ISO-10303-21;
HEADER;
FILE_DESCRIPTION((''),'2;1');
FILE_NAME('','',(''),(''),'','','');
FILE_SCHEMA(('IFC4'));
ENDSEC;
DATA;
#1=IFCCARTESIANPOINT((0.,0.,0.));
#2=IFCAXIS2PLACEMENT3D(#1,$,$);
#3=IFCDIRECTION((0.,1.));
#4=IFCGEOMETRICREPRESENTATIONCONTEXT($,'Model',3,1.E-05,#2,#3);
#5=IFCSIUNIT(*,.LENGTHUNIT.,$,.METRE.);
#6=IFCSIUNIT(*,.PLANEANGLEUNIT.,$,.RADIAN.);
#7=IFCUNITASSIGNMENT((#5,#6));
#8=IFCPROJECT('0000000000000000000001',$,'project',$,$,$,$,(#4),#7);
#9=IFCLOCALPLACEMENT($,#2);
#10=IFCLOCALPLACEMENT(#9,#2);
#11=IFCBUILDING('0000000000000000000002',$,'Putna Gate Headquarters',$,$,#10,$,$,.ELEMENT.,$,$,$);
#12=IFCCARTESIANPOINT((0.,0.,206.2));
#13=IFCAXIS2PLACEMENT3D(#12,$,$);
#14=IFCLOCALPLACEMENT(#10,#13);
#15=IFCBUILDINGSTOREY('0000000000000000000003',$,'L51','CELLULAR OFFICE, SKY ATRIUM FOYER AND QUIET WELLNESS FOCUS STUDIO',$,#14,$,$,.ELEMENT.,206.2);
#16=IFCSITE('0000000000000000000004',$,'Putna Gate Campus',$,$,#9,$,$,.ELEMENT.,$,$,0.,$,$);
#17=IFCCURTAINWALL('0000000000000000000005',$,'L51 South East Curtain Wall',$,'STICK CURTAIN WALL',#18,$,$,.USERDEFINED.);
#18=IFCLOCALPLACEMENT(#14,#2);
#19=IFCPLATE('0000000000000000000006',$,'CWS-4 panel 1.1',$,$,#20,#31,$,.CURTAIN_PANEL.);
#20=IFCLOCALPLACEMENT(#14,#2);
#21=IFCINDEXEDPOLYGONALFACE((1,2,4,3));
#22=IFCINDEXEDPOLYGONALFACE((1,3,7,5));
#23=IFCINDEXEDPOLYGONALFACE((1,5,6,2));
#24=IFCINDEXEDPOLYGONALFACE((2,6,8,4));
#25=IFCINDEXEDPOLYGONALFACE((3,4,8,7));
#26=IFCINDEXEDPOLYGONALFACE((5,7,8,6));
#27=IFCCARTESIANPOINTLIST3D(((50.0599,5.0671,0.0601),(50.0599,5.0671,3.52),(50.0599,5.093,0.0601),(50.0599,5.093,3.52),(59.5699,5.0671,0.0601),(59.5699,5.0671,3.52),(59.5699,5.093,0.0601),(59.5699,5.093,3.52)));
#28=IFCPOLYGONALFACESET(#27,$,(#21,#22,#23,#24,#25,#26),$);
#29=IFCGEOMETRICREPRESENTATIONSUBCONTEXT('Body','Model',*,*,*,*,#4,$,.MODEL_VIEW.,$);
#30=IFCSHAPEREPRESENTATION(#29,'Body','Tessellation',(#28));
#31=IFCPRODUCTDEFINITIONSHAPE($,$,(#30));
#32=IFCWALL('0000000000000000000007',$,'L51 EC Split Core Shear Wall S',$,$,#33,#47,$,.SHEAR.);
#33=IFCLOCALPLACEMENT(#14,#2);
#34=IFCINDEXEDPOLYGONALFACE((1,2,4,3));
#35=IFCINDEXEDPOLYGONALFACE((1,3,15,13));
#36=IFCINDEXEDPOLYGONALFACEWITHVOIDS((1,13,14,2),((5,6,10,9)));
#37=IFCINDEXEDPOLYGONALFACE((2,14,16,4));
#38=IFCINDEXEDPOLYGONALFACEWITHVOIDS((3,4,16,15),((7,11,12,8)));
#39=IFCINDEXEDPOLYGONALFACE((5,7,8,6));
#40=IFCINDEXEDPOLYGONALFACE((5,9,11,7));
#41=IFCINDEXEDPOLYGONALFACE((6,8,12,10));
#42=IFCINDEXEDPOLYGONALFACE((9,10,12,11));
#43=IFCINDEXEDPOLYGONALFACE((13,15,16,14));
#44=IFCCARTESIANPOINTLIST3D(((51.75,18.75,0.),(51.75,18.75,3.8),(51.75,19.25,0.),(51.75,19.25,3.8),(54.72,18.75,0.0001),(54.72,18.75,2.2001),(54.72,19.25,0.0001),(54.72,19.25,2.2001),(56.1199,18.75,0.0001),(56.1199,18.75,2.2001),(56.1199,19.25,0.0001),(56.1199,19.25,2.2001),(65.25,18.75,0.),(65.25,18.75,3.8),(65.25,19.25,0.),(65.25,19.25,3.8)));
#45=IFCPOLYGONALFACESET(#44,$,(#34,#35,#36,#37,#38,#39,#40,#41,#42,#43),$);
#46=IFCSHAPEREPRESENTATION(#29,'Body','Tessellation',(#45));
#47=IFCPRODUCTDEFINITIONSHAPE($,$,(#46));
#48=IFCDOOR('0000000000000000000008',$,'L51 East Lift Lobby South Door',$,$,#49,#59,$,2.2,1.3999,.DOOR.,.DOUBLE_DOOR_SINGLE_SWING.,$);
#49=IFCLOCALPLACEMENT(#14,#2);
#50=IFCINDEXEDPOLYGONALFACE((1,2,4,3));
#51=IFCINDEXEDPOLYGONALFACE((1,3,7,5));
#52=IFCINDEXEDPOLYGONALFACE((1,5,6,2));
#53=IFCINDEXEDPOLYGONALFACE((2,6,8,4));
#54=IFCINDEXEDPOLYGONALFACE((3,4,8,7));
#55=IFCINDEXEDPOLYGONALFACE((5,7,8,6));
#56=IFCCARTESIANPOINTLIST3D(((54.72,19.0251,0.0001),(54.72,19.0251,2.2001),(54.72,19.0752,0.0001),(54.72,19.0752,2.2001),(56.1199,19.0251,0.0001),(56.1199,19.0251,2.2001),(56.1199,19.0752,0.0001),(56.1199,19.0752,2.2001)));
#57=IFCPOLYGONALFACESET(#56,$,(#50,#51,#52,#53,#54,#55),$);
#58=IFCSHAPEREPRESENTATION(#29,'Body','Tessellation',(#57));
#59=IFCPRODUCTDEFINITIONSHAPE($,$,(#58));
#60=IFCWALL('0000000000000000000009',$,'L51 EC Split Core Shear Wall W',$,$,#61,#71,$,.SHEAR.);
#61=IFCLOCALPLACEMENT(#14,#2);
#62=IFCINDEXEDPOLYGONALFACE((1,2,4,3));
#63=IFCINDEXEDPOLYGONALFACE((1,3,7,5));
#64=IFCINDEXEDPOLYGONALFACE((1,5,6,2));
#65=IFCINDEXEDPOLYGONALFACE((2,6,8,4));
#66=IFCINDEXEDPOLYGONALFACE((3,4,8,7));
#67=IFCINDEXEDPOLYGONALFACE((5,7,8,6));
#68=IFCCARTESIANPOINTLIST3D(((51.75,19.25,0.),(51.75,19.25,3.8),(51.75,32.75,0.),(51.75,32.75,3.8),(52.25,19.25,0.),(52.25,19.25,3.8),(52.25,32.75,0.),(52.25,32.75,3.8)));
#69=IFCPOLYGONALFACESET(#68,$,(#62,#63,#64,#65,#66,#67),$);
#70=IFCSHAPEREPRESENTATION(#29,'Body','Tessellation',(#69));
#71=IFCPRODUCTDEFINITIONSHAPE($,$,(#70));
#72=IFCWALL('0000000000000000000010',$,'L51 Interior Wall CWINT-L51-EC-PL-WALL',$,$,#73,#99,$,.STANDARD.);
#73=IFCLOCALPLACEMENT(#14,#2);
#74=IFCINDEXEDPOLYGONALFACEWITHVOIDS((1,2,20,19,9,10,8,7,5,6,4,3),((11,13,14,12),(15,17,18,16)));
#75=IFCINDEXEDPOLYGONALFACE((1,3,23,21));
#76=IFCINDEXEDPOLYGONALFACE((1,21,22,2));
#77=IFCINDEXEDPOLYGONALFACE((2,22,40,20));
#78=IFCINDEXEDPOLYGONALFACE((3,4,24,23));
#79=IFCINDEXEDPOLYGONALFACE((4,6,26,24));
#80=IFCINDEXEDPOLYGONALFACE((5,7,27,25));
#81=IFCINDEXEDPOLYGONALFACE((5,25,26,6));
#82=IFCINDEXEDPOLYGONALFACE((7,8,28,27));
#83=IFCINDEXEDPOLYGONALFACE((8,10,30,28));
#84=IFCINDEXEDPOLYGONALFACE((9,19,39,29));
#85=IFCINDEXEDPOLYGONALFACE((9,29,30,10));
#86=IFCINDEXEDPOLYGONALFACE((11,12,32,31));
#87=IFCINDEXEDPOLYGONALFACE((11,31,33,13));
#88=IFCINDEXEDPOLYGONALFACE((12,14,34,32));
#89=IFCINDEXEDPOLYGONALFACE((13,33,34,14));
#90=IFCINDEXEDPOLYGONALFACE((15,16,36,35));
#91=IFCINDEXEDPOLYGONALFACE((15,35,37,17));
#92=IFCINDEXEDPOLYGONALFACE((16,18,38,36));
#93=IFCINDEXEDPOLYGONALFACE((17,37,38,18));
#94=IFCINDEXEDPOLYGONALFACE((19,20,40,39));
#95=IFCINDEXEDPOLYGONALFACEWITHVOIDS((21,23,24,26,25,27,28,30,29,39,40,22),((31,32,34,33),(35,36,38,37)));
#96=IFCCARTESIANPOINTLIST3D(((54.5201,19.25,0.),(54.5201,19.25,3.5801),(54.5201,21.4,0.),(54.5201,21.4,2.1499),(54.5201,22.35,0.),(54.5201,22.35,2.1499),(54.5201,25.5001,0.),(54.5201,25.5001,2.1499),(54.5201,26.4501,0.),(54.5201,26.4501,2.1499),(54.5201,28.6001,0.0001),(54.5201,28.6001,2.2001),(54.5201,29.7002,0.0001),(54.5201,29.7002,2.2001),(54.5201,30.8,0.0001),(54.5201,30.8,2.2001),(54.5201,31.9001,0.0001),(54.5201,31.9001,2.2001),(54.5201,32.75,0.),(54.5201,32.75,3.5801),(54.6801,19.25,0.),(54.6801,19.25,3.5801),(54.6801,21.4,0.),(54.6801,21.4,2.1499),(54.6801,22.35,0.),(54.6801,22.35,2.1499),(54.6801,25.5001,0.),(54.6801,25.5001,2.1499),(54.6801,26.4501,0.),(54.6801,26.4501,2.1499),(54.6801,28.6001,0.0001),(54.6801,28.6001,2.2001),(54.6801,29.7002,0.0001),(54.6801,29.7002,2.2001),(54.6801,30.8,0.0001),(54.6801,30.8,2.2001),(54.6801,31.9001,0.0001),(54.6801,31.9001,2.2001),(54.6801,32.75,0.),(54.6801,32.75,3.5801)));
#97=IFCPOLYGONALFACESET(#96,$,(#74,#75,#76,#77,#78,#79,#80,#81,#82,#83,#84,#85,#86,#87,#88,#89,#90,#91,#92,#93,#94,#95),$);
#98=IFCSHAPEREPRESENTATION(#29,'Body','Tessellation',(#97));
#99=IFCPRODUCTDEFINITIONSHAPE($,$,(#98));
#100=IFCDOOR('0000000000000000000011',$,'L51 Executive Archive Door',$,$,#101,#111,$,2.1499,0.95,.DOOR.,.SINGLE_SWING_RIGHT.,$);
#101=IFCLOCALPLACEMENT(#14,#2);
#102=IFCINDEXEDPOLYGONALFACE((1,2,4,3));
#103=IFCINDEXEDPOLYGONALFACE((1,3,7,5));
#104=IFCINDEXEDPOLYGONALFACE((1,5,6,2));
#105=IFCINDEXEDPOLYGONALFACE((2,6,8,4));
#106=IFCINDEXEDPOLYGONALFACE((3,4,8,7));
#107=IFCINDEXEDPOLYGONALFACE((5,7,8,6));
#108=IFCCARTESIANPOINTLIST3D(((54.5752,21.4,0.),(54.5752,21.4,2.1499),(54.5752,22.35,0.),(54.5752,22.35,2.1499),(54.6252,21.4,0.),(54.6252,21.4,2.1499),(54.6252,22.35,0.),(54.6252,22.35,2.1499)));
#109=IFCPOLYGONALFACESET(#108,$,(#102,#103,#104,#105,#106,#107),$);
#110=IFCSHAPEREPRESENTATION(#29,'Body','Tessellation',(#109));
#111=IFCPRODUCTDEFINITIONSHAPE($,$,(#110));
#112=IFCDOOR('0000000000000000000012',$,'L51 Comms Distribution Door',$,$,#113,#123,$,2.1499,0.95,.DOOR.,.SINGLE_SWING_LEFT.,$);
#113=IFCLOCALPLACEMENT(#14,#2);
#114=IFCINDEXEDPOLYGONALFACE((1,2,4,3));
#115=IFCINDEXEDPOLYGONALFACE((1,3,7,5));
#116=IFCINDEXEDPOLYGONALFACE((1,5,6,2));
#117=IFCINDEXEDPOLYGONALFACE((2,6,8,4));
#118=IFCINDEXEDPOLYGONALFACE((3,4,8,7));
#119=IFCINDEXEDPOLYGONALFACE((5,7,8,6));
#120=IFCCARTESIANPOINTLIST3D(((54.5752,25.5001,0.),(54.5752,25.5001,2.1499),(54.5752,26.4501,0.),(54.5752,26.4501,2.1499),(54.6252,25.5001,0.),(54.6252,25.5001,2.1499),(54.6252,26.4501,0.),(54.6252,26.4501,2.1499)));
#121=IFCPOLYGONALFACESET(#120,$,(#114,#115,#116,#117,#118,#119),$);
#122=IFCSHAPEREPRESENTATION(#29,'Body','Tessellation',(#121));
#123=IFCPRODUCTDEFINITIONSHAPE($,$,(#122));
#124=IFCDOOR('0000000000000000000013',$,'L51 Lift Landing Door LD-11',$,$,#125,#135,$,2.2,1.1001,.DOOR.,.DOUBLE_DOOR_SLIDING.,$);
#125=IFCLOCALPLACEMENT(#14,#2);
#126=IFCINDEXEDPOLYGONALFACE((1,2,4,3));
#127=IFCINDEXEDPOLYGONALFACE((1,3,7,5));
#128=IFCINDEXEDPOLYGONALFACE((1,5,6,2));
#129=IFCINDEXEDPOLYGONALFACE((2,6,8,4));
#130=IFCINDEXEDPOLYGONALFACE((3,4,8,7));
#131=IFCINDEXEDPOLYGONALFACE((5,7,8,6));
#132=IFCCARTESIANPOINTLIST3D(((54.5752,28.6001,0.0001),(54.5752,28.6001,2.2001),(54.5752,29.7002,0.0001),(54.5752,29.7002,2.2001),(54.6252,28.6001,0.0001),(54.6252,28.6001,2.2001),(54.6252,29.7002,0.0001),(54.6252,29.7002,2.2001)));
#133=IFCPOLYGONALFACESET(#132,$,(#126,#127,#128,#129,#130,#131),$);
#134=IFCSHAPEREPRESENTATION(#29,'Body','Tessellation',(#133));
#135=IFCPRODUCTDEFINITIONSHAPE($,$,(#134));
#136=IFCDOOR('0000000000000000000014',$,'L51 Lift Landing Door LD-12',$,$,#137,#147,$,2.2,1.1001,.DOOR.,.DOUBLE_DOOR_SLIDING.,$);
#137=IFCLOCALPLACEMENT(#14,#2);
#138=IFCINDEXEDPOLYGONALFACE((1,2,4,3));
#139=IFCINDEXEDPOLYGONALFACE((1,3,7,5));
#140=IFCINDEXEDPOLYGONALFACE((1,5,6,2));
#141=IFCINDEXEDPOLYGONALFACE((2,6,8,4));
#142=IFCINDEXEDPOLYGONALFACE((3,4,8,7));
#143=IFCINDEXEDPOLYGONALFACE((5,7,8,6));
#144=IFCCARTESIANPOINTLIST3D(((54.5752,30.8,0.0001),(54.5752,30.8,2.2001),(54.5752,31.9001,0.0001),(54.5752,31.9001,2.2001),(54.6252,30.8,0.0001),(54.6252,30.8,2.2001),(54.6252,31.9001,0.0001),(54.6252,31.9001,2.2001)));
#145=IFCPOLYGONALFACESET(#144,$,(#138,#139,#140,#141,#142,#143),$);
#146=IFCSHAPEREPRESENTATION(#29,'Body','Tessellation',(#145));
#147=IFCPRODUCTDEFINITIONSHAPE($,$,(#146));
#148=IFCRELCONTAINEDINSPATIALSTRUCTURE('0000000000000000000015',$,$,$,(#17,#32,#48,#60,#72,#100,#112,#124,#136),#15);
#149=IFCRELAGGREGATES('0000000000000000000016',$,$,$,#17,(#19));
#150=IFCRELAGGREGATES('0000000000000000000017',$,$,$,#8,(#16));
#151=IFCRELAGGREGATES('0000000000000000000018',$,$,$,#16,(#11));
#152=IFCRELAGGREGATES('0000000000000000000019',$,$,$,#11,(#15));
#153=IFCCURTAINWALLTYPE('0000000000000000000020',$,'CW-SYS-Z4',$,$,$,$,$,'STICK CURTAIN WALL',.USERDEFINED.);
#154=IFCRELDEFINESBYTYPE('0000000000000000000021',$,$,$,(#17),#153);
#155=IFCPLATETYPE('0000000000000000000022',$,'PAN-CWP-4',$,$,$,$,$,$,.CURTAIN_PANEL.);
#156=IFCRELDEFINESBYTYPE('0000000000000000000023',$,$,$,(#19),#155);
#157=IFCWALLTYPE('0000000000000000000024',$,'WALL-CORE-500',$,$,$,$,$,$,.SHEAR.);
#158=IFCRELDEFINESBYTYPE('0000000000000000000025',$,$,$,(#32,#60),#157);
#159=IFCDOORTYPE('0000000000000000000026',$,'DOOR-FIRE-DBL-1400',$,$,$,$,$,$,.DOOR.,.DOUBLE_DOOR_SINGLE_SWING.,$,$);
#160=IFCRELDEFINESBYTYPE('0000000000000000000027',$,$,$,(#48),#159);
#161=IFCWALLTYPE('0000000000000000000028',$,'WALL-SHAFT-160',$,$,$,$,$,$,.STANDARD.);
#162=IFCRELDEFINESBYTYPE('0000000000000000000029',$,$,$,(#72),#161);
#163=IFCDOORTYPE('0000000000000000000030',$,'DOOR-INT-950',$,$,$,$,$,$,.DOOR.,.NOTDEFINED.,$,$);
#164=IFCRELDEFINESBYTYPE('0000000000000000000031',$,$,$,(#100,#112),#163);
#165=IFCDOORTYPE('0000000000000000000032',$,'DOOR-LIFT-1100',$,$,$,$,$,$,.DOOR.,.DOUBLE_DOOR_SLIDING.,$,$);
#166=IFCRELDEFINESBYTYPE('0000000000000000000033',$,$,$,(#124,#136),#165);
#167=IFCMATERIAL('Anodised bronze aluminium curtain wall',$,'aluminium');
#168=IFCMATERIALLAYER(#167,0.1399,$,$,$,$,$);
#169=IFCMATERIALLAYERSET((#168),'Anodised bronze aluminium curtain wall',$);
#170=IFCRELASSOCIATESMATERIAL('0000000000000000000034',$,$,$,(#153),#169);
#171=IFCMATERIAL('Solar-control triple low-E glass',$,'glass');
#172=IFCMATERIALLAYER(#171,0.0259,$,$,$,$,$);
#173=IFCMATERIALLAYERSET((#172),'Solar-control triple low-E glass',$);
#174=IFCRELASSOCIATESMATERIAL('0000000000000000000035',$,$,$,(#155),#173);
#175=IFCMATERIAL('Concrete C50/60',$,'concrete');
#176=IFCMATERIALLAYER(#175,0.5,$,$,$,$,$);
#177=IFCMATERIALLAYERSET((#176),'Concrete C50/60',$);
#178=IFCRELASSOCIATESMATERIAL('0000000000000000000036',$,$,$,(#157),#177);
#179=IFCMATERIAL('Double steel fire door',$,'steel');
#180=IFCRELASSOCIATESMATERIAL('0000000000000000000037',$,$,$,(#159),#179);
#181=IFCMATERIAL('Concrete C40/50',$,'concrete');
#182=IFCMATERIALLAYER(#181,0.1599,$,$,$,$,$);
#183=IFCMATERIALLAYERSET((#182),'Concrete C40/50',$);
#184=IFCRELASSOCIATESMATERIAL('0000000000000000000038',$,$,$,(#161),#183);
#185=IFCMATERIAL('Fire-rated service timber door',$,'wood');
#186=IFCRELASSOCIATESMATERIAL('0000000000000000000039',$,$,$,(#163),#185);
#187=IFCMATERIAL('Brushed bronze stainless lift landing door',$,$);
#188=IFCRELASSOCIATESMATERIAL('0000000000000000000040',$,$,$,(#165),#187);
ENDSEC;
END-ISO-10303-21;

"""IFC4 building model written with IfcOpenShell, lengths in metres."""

from ifc_helpers import new_model, si_unit, direction, frame, frame_2d, origin, origin_2d, place, context, subcontext, project, spatial, rectangle, extrude, material, layer, layer_set, type_object, element, fill, aggregate, save


model = new_model("IFC4")

# Units and contexts
model_context = context("Model", 3, precision=1e-05, world=origin(), true_north=direction((0.0, 1.0)))
body_context = subcontext(model_context, "Body", "Model", "MODEL_VIEW")
ifc_project = project(units=[si_unit("LENGTHUNIT", "METRE"), si_unit("PLANEANGLEUNIT", "RADIAN")], contexts=[model_context])

# Site, building, storey
site_placement = place(None, origin())
site = spatial("IfcSite", under=ifc_project, at=site_placement, Name="Putna Gate Campus", CompositionType="ELEMENT", RefElevation=0.0)
building_placement = place(site_placement, origin())
building = spatial("IfcBuilding", under=site, at=building_placement, Name="Putna Gate Headquarters", CompositionType="ELEMENT")
storey_placement = place(building_placement, frame((0.0, 0.0, 206.2)))
storey = spatial("IfcBuildingStorey", under=building, at=storey_placement, Name="L51", Description="CELLULAR OFFICE, SKY ATRIUM FOYER AND QUIET WELLNESS FOCUS STUDIO", CompositionType="ELEMENT", Elevation=206.2)

# Curtain wall, plate
ifc_material_1 = material(Name="Anodised bronze aluminium curtain wall", Category="aluminium")
ifc_layer_1 = layer(ifc_material_1, 0.1399)
ifc_layer_set_1 = layer_set([ifc_layer_1], Name="Anodised bronze aluminium curtain wall")
curtain_wall_type = type_object("IfcCurtainWallType", Name="CW-SYS-Z4", ElementType="STICK CURTAIN WALL", PredefinedType="USERDEFINED", material=ifc_layer_set_1)
curtain_wall_placement = place(storey_placement, origin())
curtain_wall = element("IfcCurtainWall", 1, at=curtain_wall_placement, inside=storey, type_object=curtain_wall_type, Name="L51 South East Curtain Wall", ObjectType="STICK CURTAIN WALL", PredefinedType="USERDEFINED")
ifc_material_2 = material(Name="Solar-control triple low-E glass", Category="glass")
ifc_layer_2 = layer(ifc_material_2, 0.0259)
ifc_layer_set_2 = layer_set([ifc_layer_2], Name="Solar-control triple low-E glass")
plate_type = type_object("IfcPlateType", Name="PAN-CWP-4", PredefinedType="CURTAIN_PANEL", material=ifc_layer_set_2)
plate_placement = place(storey_placement, frame((54.8149, 5.0801, 0.0601), z_axis=(0.0, 0.0, 1.0), x_axis=(1.0, 0.0, 0.0)))
plate = element("IfcPlate", 2, at=plate_placement, type_object=plate_type, Name="CWS-4 panel 1.1", PredefinedType="CURTAIN_PANEL", context=body_context, shape_type="SweptSolid", body=[
    extrude(rectangle(XDim=9.51, YDim=0.0259, at=origin_2d()), origin(), (0.0, 0.0, 1.0), 3.46),
])
aggregate(curtain_wall, [plate])

# Wall, opening, door
ifc_material_3 = material(Name="Concrete C50/60", Category="concrete")
ifc_layer_3 = layer(ifc_material_3, 0.5)
ifc_layer_set_3 = layer_set([ifc_layer_3], Name="Concrete C50/60")
wall_type_1 = type_object("IfcWallType", Name="WALL-CORE-500", PredefinedType="SHEAR", material=ifc_layer_set_3)
wall_1_placement = place(storey_placement, frame((51.75, 19.0, 0.0), z_axis=(0.0, 0.0, 1.0), x_axis=(1.0, 0.0, 0.0)))
wall_1 = element("IfcWall", 3, at=wall_1_placement, inside=storey, type_object=wall_type_1, Name="L51 EC Split Core Shear Wall S", PredefinedType="SHEAR", context=body_context, shape_type="SweptSolid", body=[
    extrude(rectangle(XDim=13.5, YDim=0.5, at=frame_2d((6.75, 0.0))), origin(), (0.0, 0.0, 1.0), 3.8),
])
opening_1_placement = place(wall_1_placement, frame((2.97, 0.0, 0.0)))
opening_1 = element("IfcOpeningElement", 4, at=opening_1_placement, cuts=wall_1, PredefinedType="OPENING", context=body_context, shape_type="SweptSolid", body=[
    extrude(rectangle(XDim=1.3999, YDim=2.2, at=frame_2d((0.7, 1.1001))), frame((0.0, 0.26, 0.0), z_axis=(0.0, -1.0, 0.0), x_axis=(1.0, 0.0, 0.0)), (0.0, 0.0, 1.0), 0.52),
])
ifc_material_4 = material(Name="Double steel fire door", Category="steel")
door_type_1 = type_object("IfcDoorType", Name="DOOR-FIRE-DBL-1400", OperationType="DOUBLE_DOOR_SINGLE_SWING", PredefinedType="DOOR", material=ifc_material_4)
door_1_placement = place(opening_1_placement, origin())
door_1 = element("IfcDoor", 5, at=door_1_placement, inside=storey, type_object=door_type_1, Name="L51 East Lift Lobby South Door", OperationType="DOUBLE_DOOR_SINGLE_SWING", OverallHeight=2.2, OverallWidth=1.3999, PredefinedType="DOOR", context=body_context, shape_type="SweptSolid", body=[
    extrude(rectangle(XDim=1.3999, YDim=2.2, at=frame_2d((0.7, 1.1001))), frame((0.0, 0.0752, 0.0), z_axis=(0.0, -1.0, 0.0), x_axis=(1.0, 0.0, 0.0)), (0.0, 0.0, 1.0), 0.05),
])
fill(opening_1, door_1)

# Wall
wall_2_placement = place(storey_placement, frame((52.0, 19.25, 0.0), z_axis=(0.0, 0.0, 1.0), x_axis=(0.0, 1.0, 0.0)))
element("IfcWall", 6, at=wall_2_placement, inside=storey, type_object=wall_type_1, Name="L51 EC Split Core Shear Wall W", PredefinedType="SHEAR", context=body_context, shape_type="SweptSolid", body=[
    extrude(rectangle(XDim=13.5, YDim=0.5, at=frame_2d((6.75, 0.0))), origin(), (0.0, 0.0, 1.0), 3.8),
])

# Wall, openings, doors
ifc_material_5 = material(Name="Concrete C40/50", Category="concrete")
ifc_layer_4 = layer(ifc_material_5, 0.1599)
ifc_layer_set_4 = layer_set([ifc_layer_4], Name="Concrete C40/50")
wall_type_2 = type_object("IfcWallType", Name="WALL-SHAFT-160", PredefinedType="STANDARD", material=ifc_layer_set_4)
wall_3_placement = place(storey_placement, frame((54.6001, 19.25, 0.0), z_axis=(0.0, 0.0, 1.0), x_axis=(0.0, 1.0, 0.0)))
wall_3 = element("IfcWall", 7, at=wall_3_placement, inside=storey, type_object=wall_type_2, Name="L51 Interior Wall CWINT-L51-EC-PL-WALL", PredefinedType="STANDARD", context=body_context, shape_type="SweptSolid", body=[
    extrude(rectangle(XDim=13.5, YDim=0.1599, at=frame_2d((6.75, 0.0))), origin(), (0.0, 0.0, 1.0), 3.5801),
])
opening_2_placement = place(wall_3_placement, frame((2.1499, 0.0, 0.0)))
opening_2 = element("IfcOpeningElement", 8, at=opening_2_placement, cuts=wall_3, PredefinedType="OPENING", context=body_context, shape_type="SweptSolid", body=[
    extrude(rectangle(XDim=0.95, YDim=2.1499, at=frame_2d((0.4751, 1.075))), frame((0.0, 0.0898, 0.0), z_axis=(0.0, -1.0, 0.0), x_axis=(1.0, 0.0, 0.0)), (0.0, 0.0, 1.0), 0.1799),
])
opening_3_placement = place(wall_3_placement, frame((6.25, 0.0, 0.0)))
opening_3 = element("IfcOpeningElement", 9, at=opening_3_placement, cuts=wall_3, PredefinedType="OPENING", context=body_context, shape_type="SweptSolid", body=[
    extrude(rectangle(XDim=0.95, YDim=2.1499, at=frame_2d((0.4751, 1.075))), frame((0.0, 0.0898, 0.0), z_axis=(0.0, -1.0, 0.0), x_axis=(1.0, 0.0, 0.0)), (0.0, 0.0, 1.0), 0.1799),
])
opening_4_placement = place(wall_3_placement, frame((9.3501, 0.0, 0.0)))
opening_4 = element("IfcOpeningElement", 10, at=opening_4_placement, cuts=wall_3, PredefinedType="OPENING", context=body_context, shape_type="SweptSolid", body=[
    extrude(rectangle(XDim=1.1001, YDim=2.2, at=frame_2d((0.55, 1.1001))), frame((0.0, 0.0898, 0.0), z_axis=(0.0, -1.0, 0.0), x_axis=(1.0, 0.0, 0.0)), (0.0, 0.0, 1.0), 0.1799),
])
opening_5_placement = place(wall_3_placement, frame((11.55, 0.0, 0.0)))
opening_5 = element("IfcOpeningElement", 11, at=opening_5_placement, cuts=wall_3, PredefinedType="OPENING", context=body_context, shape_type="SweptSolid", body=[
    extrude(rectangle(XDim=1.1001, YDim=2.2, at=frame_2d((0.55, 1.1001))), frame((0.0, 0.0898, 0.0), z_axis=(0.0, -1.0, 0.0), x_axis=(1.0, 0.0, 0.0)), (0.0, 0.0, 1.0), 0.1799),
])
ifc_material_6 = material(Name="Fire-rated service timber door", Category="wood")
door_type_2 = type_object("IfcDoorType", Name="DOOR-INT-950", OperationType="NOTDEFINED", PredefinedType="DOOR", material=ifc_material_6)
door_2_placement = place(opening_2_placement, origin())
door_2 = element("IfcDoor", 12, at=door_2_placement, inside=storey, type_object=door_type_2, Name="L51 Executive Archive Door", OperationType="SINGLE_SWING_RIGHT", OverallHeight=2.1499, OverallWidth=0.95, PredefinedType="DOOR", context=body_context, shape_type="SweptSolid", body=[
    extrude(rectangle(XDim=0.95, YDim=2.1499, at=frame_2d((0.4751, 1.075))), frame((0.0, 0.0249, 0.0), z_axis=(0.0, -1.0, 0.0), x_axis=(1.0, 0.0, 0.0)), (0.0, 0.0, 1.0), 0.05),
])
fill(opening_2, door_2)
door_3_placement = place(opening_3_placement, origin())
door_3 = element("IfcDoor", 13, at=door_3_placement, inside=storey, type_object=door_type_2, Name="L51 Comms Distribution Door", OperationType="SINGLE_SWING_LEFT", OverallHeight=2.1499, OverallWidth=0.95, PredefinedType="DOOR", context=body_context, shape_type="SweptSolid", body=[
    extrude(rectangle(XDim=0.95, YDim=2.1499, at=frame_2d((0.4751, 1.075))), frame((0.0, 0.0249, 0.0), z_axis=(0.0, -1.0, 0.0), x_axis=(1.0, 0.0, 0.0)), (0.0, 0.0, 1.0), 0.05),
])
fill(opening_3, door_3)
ifc_material_7 = material(Name="Brushed bronze stainless lift landing door")
door_type_3 = type_object("IfcDoorType", Name="DOOR-LIFT-1100", OperationType="DOUBLE_DOOR_SLIDING", PredefinedType="DOOR", material=ifc_material_7)
door_4_placement = place(opening_4_placement, origin())
door_4 = element("IfcDoor", 14, at=door_4_placement, inside=storey, type_object=door_type_3, Name="L51 Lift Landing Door LD-11", OperationType="DOUBLE_DOOR_SLIDING", OverallHeight=2.2, OverallWidth=1.1001, PredefinedType="DOOR", context=body_context, shape_type="SweptSolid", body=[
    extrude(rectangle(XDim=1.1001, YDim=2.2, at=frame_2d((0.55, 1.1001))), frame((0.0, 0.0249, 0.0), z_axis=(0.0, -1.0, 0.0), x_axis=(1.0, 0.0, 0.0)), (0.0, 0.0, 1.0), 0.05),
])
fill(opening_4, door_4)
door_5_placement = place(opening_5_placement, origin())
door_5 = element("IfcDoor", 15, at=door_5_placement, inside=storey, type_object=door_type_3, Name="L51 Lift Landing Door LD-12", OperationType="DOUBLE_DOOR_SLIDING", OverallHeight=2.2, OverallWidth=1.1001, PredefinedType="DOOR", context=body_context, shape_type="SweptSolid", body=[
    extrude(rectangle(XDim=1.1001, YDim=2.2, at=frame_2d((0.55, 1.1001))), frame((0.0, 0.0249, 0.0), z_axis=(0.0, -1.0, 0.0), x_axis=(1.0, 0.0, 0.0)), (0.0, 0.0, 1.0), 0.05),
])
fill(opening_5, door_5)

save(model, "model.ifc")
